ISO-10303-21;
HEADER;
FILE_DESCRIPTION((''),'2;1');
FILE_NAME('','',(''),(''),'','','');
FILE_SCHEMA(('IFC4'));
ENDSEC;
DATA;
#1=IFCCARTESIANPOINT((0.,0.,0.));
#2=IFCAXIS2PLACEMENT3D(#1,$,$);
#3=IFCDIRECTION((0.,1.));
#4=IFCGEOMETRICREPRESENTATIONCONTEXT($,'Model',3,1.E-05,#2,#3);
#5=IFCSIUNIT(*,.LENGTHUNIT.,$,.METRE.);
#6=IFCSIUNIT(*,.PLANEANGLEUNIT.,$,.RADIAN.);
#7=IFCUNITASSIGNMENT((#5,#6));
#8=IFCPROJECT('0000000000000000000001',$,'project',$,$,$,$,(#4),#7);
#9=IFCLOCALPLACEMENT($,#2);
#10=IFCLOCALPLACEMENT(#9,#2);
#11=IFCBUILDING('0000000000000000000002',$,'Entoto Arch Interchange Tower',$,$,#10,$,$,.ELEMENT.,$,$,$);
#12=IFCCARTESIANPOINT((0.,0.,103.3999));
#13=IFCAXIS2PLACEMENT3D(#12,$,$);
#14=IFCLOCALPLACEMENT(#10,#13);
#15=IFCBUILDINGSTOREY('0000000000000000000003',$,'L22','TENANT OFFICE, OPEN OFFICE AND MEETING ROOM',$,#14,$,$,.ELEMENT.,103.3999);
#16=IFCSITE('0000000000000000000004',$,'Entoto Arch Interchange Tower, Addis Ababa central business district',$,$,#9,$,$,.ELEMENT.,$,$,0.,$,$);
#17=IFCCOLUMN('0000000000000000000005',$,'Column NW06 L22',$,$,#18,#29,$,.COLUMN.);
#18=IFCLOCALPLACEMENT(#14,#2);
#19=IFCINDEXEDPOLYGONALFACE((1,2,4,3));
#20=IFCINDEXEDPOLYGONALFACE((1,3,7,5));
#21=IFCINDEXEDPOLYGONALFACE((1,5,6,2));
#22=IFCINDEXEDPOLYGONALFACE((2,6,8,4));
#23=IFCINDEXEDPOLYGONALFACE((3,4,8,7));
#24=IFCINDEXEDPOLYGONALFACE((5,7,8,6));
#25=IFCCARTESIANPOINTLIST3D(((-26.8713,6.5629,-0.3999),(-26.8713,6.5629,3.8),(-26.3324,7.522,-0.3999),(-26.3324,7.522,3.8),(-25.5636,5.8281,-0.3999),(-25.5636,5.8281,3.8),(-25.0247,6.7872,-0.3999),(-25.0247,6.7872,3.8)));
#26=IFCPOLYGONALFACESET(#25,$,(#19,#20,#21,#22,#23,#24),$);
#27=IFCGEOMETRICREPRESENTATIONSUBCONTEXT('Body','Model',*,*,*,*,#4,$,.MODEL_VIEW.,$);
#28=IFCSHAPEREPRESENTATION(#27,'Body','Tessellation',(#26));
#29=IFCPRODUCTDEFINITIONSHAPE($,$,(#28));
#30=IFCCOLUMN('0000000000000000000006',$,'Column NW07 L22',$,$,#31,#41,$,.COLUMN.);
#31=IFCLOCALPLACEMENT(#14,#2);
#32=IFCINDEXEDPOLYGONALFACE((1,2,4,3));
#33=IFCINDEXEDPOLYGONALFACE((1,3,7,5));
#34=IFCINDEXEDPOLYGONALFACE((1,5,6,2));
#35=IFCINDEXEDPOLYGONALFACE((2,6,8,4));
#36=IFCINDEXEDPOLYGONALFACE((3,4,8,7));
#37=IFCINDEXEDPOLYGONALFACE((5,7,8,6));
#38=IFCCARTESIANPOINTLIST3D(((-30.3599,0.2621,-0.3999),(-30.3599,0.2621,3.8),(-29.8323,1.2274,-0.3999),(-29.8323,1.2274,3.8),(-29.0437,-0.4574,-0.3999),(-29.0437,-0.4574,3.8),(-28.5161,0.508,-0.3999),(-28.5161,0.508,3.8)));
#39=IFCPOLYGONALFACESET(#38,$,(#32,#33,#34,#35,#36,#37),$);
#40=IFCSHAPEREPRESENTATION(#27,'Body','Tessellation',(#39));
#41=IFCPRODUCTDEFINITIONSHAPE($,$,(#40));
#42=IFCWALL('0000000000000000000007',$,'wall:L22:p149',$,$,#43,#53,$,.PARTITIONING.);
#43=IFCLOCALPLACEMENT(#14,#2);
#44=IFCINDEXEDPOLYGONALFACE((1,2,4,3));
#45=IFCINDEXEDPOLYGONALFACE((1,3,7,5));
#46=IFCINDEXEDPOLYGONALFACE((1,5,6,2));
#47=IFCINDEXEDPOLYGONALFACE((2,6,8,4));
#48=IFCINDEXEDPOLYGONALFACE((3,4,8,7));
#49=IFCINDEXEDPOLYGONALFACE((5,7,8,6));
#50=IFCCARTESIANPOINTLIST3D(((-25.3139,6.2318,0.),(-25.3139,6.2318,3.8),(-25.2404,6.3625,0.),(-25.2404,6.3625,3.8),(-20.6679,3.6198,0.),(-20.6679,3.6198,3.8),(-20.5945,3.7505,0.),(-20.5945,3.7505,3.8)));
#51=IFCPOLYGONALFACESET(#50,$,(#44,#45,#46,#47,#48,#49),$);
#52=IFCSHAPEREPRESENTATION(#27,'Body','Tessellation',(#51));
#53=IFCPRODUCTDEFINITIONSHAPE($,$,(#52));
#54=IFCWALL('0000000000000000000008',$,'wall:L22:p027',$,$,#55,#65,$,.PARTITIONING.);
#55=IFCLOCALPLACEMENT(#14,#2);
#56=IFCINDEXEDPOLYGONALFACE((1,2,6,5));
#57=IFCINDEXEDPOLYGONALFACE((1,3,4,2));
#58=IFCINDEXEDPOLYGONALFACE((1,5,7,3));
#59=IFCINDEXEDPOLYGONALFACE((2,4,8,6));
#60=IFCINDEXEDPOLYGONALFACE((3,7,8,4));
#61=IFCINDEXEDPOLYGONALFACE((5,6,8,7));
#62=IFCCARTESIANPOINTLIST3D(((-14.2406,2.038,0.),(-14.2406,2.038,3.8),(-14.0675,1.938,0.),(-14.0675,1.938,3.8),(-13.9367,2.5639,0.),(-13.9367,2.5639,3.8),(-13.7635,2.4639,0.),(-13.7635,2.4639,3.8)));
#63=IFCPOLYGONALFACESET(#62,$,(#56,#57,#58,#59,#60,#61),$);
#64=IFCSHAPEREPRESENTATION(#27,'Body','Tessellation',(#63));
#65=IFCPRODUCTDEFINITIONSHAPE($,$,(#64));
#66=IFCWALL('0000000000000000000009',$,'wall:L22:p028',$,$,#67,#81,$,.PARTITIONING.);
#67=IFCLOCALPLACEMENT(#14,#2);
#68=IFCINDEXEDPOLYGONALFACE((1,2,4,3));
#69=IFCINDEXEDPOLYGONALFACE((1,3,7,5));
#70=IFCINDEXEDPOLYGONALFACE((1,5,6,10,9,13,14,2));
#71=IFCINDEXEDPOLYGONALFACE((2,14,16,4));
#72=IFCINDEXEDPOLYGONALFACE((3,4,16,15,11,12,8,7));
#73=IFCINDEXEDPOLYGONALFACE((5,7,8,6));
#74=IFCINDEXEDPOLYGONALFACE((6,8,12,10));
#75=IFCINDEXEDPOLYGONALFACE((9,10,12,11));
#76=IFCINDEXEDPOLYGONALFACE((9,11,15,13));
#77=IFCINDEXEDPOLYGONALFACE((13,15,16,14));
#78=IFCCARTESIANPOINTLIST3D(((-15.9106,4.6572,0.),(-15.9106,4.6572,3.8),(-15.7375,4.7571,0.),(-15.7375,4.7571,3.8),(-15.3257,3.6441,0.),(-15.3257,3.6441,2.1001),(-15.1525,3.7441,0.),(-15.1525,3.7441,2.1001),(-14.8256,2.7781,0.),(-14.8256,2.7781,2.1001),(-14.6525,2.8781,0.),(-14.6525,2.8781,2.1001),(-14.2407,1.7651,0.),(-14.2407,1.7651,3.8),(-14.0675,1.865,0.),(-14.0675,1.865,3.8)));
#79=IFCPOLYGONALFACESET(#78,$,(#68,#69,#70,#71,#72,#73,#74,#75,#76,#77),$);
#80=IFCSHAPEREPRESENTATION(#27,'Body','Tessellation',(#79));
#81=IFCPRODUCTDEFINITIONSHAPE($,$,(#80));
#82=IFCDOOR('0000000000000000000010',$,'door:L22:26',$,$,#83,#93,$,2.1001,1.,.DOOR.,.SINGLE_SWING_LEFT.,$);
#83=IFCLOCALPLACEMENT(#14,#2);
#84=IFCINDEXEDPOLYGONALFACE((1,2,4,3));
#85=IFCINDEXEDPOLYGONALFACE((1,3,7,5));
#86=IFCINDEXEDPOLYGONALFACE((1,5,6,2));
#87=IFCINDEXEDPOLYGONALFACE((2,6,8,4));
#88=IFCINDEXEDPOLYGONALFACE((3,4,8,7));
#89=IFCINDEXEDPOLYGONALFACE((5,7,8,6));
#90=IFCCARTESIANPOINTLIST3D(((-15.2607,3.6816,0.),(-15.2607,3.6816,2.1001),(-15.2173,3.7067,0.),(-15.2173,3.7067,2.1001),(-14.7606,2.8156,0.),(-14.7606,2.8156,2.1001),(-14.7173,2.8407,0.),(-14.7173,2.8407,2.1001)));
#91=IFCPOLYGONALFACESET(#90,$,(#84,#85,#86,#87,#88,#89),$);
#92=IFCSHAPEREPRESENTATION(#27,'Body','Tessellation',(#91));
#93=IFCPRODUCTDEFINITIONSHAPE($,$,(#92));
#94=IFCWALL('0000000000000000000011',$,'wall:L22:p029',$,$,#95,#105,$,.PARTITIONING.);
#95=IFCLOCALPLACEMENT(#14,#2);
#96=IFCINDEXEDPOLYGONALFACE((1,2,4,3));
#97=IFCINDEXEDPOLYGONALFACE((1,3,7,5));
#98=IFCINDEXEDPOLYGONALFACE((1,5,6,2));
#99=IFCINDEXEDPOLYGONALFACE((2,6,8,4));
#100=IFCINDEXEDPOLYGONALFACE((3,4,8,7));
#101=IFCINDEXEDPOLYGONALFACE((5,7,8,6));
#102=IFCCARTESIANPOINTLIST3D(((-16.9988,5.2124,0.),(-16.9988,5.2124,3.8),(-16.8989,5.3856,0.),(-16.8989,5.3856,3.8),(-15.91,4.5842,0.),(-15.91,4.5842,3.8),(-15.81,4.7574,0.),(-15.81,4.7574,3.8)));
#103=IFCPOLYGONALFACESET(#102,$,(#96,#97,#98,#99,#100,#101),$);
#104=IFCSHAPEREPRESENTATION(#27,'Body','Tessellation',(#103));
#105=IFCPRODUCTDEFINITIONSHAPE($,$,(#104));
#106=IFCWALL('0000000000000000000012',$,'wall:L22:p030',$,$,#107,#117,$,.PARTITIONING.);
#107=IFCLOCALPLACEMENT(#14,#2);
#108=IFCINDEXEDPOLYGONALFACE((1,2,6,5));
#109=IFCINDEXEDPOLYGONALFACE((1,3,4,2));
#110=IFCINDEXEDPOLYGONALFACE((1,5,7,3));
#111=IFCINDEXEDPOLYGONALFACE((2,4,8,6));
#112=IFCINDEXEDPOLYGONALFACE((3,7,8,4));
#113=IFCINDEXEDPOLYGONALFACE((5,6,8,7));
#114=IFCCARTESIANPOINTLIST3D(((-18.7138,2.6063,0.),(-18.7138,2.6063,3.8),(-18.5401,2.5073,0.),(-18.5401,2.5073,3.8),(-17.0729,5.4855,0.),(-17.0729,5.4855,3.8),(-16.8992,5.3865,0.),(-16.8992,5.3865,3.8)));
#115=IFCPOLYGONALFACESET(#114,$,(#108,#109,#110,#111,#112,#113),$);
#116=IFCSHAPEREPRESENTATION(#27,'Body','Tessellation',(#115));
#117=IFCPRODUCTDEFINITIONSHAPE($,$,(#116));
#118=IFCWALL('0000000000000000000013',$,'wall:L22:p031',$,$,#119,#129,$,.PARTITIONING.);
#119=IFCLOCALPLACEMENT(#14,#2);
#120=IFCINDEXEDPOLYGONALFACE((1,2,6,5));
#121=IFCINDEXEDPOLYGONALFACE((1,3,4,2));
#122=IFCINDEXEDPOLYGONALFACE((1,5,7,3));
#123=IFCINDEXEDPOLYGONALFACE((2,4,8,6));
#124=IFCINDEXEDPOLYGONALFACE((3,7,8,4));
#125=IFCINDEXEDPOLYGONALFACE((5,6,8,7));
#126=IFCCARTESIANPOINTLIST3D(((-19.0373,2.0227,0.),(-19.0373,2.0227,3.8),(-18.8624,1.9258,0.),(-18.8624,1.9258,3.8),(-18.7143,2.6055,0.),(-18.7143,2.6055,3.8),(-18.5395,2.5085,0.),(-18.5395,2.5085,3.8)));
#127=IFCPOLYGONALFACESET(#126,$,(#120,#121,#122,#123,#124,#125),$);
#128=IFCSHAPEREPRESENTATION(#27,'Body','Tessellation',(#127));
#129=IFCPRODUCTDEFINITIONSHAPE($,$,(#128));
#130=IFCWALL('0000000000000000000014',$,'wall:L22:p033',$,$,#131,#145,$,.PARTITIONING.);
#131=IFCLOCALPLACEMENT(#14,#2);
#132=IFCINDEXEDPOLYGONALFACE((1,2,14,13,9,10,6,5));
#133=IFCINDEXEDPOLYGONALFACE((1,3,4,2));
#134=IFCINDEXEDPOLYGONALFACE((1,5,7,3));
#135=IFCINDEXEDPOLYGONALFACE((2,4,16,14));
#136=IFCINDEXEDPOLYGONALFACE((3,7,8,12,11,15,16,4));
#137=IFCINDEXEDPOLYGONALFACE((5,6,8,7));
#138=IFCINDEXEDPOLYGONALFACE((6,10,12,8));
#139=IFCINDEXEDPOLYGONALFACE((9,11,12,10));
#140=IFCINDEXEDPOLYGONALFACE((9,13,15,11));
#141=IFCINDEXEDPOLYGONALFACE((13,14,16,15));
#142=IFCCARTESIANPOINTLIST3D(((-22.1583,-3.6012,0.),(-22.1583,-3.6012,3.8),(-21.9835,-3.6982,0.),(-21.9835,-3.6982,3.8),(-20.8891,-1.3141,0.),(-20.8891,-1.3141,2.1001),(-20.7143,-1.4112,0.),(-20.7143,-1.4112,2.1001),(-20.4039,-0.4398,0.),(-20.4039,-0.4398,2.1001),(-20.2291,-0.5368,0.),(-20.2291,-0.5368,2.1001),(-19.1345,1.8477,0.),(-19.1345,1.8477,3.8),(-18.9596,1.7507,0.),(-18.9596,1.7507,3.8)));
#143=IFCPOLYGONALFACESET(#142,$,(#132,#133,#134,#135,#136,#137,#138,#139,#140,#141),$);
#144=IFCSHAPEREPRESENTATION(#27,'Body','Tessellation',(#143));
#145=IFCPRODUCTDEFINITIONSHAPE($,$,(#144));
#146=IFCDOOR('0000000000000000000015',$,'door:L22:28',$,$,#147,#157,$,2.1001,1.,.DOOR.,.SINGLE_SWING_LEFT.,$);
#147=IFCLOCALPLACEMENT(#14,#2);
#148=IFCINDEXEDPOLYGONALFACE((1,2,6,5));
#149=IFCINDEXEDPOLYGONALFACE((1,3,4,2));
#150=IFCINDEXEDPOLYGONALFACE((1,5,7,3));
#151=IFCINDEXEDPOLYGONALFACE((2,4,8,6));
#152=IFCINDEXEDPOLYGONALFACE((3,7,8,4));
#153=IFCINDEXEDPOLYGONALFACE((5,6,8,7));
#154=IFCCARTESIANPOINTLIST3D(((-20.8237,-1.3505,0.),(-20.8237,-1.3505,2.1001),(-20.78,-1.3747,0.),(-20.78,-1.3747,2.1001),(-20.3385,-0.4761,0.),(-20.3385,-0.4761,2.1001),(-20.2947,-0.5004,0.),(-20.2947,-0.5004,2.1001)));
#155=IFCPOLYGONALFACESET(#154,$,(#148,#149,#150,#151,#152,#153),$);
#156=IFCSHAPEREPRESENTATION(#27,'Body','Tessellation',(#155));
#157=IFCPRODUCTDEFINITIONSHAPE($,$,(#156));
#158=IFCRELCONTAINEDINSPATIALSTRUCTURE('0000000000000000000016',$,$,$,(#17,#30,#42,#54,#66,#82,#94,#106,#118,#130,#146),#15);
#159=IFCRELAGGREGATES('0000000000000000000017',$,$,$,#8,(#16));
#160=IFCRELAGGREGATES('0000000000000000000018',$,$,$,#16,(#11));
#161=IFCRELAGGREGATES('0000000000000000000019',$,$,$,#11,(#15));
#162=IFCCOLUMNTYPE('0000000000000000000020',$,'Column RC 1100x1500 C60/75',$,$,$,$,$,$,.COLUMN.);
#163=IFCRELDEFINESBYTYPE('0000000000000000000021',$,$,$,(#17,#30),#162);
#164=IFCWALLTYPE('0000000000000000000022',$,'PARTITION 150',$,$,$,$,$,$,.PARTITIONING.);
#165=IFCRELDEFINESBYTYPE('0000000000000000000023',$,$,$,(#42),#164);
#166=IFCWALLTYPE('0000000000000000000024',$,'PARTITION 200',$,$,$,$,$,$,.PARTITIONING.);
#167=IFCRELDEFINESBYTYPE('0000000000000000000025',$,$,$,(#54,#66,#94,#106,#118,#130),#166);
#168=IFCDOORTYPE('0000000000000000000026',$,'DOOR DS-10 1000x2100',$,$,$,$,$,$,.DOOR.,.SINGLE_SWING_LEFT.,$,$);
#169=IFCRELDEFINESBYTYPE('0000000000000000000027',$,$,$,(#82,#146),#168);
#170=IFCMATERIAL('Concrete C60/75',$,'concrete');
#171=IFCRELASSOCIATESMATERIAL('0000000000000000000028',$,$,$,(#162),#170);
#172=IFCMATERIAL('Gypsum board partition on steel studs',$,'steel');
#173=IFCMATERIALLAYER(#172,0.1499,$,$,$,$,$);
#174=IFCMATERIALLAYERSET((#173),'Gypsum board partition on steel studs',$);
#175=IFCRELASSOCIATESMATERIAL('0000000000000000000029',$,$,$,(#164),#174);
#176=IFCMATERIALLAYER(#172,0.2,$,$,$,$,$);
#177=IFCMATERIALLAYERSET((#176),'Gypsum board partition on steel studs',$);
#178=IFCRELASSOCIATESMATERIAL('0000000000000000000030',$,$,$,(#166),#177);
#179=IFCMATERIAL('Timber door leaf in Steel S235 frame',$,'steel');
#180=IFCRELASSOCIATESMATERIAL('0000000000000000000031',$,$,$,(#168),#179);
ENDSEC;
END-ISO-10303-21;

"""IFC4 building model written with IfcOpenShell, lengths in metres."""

from ifc_helpers import new_model, si_unit, direction, frame, frame_2d, origin, origin_2d, place, context, subcontext, project, spatial, rectangle, extrude, material, layer, layer_set, material_profile, profile_set, type_object, element, fill, save


model = new_model("IFC4")

# Units and contexts
model_context = context("Model", 3, precision=1e-05, world=origin(), true_north=direction((0.0, 1.0)))
body_context = subcontext(model_context, "Body", "Model", "MODEL_VIEW")
ifc_project = project(units=[si_unit("LENGTHUNIT", "METRE"), si_unit("PLANEANGLEUNIT", "RADIAN")], contexts=[model_context])

# Site, building, storey
site_placement = place(None, origin())
site = spatial("IfcSite", under=ifc_project, at=site_placement, Name="Entoto Arch Interchange Tower, Addis Ababa central business district", CompositionType="ELEMENT", RefElevation=0.0)
building_placement = place(site_placement, origin())
building = spatial("IfcBuilding", under=site, at=building_placement, Name="Entoto Arch Interchange Tower", CompositionType="ELEMENT")
storey_placement = place(building_placement, frame((0.0, 0.0, 103.3999)))
storey = spatial("IfcBuildingStorey", under=building, at=storey_placement, Name="L22", Description="TENANT OFFICE, OPEN OFFICE AND MEETING ROOM", CompositionType="ELEMENT", Elevation=103.3999)

# Columns
ifc_material_1 = material(Name="Concrete C60/75", Category="concrete")
ifc_material_profile = material_profile(ifc_material_1, rectangle(XDim=1.1001, YDim=1.5, at=origin_2d()))
ifc_profile_set = profile_set([ifc_material_profile], Name="Concrete C60/75")
column_type = type_object("IfcColumnType", Name="Column RC 1100x1500 C60/75", PredefinedType="COLUMN", material=ifc_profile_set)
for number, where, z_axis, x_axis, name in (
    (1, (-25.948, 6.675, -0.3999), (0.0, 0.0, 1.0), (0.489839, 0.871813, 0.0), "Column NW06 L22"),
    (2, (-29.438, 0.385, -0.3999), (0.0, 0.0, 1.0), (0.479611, 0.877481, 0.0), "Column NW07 L22"),
):
    element("IfcColumn", number, at=place(storey_placement, frame(where, z_axis=z_axis, x_axis=x_axis)), inside=storey, type_object=column_type, Name=name, PredefinedType="COLUMN", context=body_context, shape_type="SweptSolid", body=[
        extrude(rectangle(XDim=1.1001, YDim=1.5, at=origin_2d()), origin(), (0.0, 0.0, 1.0), 4.2),
    ])

# Walls
ifc_material_2 = material(Name="Gypsum board partition on steel studs", Category="steel")
ifc_layer_1 = layer(ifc_material_2, 0.1499)
ifc_layer_set_1 = layer_set([ifc_layer_1], Name="Gypsum board partition on steel studs")
wall_type_1 = type_object("IfcWallType", Name="PARTITION 150", PredefinedType="PARTITIONING", material=ifc_layer_set_1)
wall_1_placement = place(storey_placement, frame((-20.6311, 3.6851, 0.0), z_axis=(0.0, 0.0, 1.0), x_axis=(-0.871681, 0.490074, 0.0)))
element("IfcWall", 3, at=wall_1_placement, inside=storey, type_object=wall_type_1, Name="wall:L22:p149", PredefinedType="PARTITIONING", context=body_context, shape_type="SweptSolid", body=[
    extrude(rectangle(XDim=5.3298, YDim=0.1499, at=frame_2d((2.665, 0.0))), origin(), (0.0, 0.0, 1.0), 3.8),
])
ifc_layer_2 = layer(ifc_material_2, 0.2)
ifc_layer_set_2 = layer_set([ifc_layer_2], Name="Gypsum board partition on steel studs")
wall_type_2 = type_object("IfcWallType", Name="PARTITION 200", PredefinedType="PARTITIONING", material=ifc_layer_set_2)
wall_2_placement = place(storey_placement, frame((-13.8501, 2.5139, 0.0), z_axis=(0.0, 0.0, 1.0), x_axis=(-0.500418, -0.865784, 0.0)))
element("IfcWall", 4, at=wall_2_placement, inside=storey, type_object=wall_type_2, Name="wall:L22:p027", PredefinedType="PARTITIONING", context=body_context, shape_type="SweptSolid", body=[
    extrude(rectangle(XDim=0.6074, YDim=0.2, at=frame_2d((0.3037, 0.0))), origin(), (0.0, 0.0, 1.0), 3.8),
])

# Wall, opening, door
wall_3_placement = place(storey_placement, frame((-14.1541, 1.8149, 0.0), z_axis=(0.0, 0.0, 1.0), x_axis=(-0.500039, 0.866003, 0.0)))
wall_3 = element("IfcWall", 5, at=wall_3_placement, inside=storey, type_object=wall_type_2, Name="wall:L22:p028", PredefinedType="PARTITIONING", context=body_context, shape_type="SweptSolid", body=[
    extrude(rectangle(XDim=3.3396, YDim=0.2, at=frame_2d((1.6699, 0.0))), origin(), (0.0, 0.0, 1.0), 3.8),
])
opening_1_placement = place(wall_3_placement, frame((1.1699, 0.0, 0.0)))
opening_1 = element("IfcOpeningElement", 6, at=opening_1_placement, cuts=wall_3, PredefinedType="OPENING", context=body_context, shape_type="SweptSolid", body=[
    extrude(rectangle(XDim=1.0, YDim=2.1001, at=frame_2d((0.5, 1.05))), frame((0.0, 0.1099, 0.0), z_axis=(0.0, -1.0, 0.0), x_axis=(1.0, 0.0, 0.0)), (0.0, 0.0, 1.0), 0.22),
])
ifc_material_3 = material(Name="Timber door leaf in Steel S235 frame", Category="steel")
door_type = type_object("IfcDoorType", Name="DOOR DS-10 1000x2100", OperationType="SINGLE_SWING_LEFT", PredefinedType="DOOR", material=ifc_material_3)
door_1_placement = place(opening_1_placement, origin())
door_1 = element("IfcDoor", 7, at=door_1_placement, inside=storey, type_object=door_type, Name="door:L22:26", OperationType="SINGLE_SWING_LEFT", OverallHeight=2.1001, OverallWidth=1.0, PredefinedType="DOOR", context=body_context, shape_type="SweptSolid", body=[
    extrude(rectangle(XDim=1.0, YDim=2.1001, at=frame_2d((0.5, 1.05))), frame((0.0, 0.0249, 0.0), z_axis=(0.0, -1.0, 0.0), x_axis=(1.0, 0.0, 0.0)), (0.0, 0.0, 1.0), 0.05),
])
fill(opening_1, door_1)

# Walls
wall_4_placement = place(storey_placement, frame((-15.8601, 4.6709, 0.0), z_axis=(0.0, 0.0, 1.0), x_axis=(-0.866192, 0.499711, 0.0)))
element("IfcWall", 8, at=wall_4_placement, inside=storey, type_object=wall_type_2, Name="wall:L22:p029", PredefinedType="PARTITIONING", context=body_context, shape_type="SweptSolid", body=[
    extrude(rectangle(XDim=1.2571, YDim=0.2, at=frame_2d((0.6284, 0.0))), origin(), (0.0, 0.0, 1.0), 3.8),
])
wall_5_placement = place(storey_placement, frame((-16.9861, 5.436, 0.0), z_axis=(0.0, 0.0, 1.0), x_axis=(-0.495147, -0.868809, 0.0)))
element("IfcWall", 9, at=wall_5_placement, inside=storey, type_object=wall_type_2, Name="wall:L22:p030", PredefinedType="PARTITIONING", context=body_context, shape_type="SweptSolid", body=[
    extrude(rectangle(XDim=3.314, YDim=0.2, at=frame_2d((1.657, 0.0))), origin(), (0.0, 0.0, 1.0), 3.8),
])
wall_6_placement = place(storey_placement, frame((-18.627, 2.5569, 0.0), z_axis=(0.0, 0.0, 1.0), x_axis=(-0.484772, -0.874641, 0.0)))
element("IfcWall", 10, at=wall_6_placement, inside=storey, type_object=wall_type_2, Name="wall:L22:p031", PredefinedType="PARTITIONING", context=body_context, shape_type="SweptSolid", body=[
    extrude(rectangle(XDim=0.6663, YDim=0.2, at=frame_2d((0.333, 0.0))), origin(), (0.0, 0.0, 1.0), 3.8),
])

# Wall, opening, door
wall_7_placement = place(storey_placement, frame((-19.0471, 1.7991, 0.0), z_axis=(0.0, 0.0, 1.0), x_axis=(-0.48524, -0.874381, 0.0)))
wall_7 = element("IfcWall", 11, at=wall_7_placement, inside=storey, type_object=wall_type_2, Name="wall:L22:p033", PredefinedType="PARTITIONING", context=body_context, shape_type="SweptSolid", body=[
    extrude(rectangle(XDim=6.2317, YDim=0.2, at=frame_2d((3.1157, 0.0))), origin(), (0.0, 0.0, 1.0), 3.8),
])
opening_2_placement = place(wall_7_placement, frame((2.616, 0.0, 0.0)))
opening_2 = element("IfcOpeningElement", 12, at=opening_2_placement, cuts=wall_7, PredefinedType="OPENING", context=body_context, shape_type="SweptSolid", body=[
    extrude(rectangle(XDim=1.0, YDim=2.1001, at=frame_2d((0.5, 1.05))), frame((0.0, 0.1099, 0.0), z_axis=(0.0, -1.0, 0.0), x_axis=(1.0, 0.0, 0.0)), (0.0, 0.0, 1.0), 0.22),
])
door_2_placement = place(opening_2_placement, origin())
door_2 = element("IfcDoor", 13, at=door_2_placement, inside=storey, type_object=door_type, Name="door:L22:28", OperationType="SINGLE_SWING_LEFT", OverallHeight=2.1001, OverallWidth=1.0, PredefinedType="DOOR", context=body_context, shape_type="SweptSolid", body=[
    extrude(rectangle(XDim=1.0, YDim=2.1001, at=frame_2d((0.5, 1.05))), frame((0.0, 0.0249, 0.0), z_axis=(0.0, -1.0, 0.0), x_axis=(1.0, 0.0, 0.0)), (0.0, 0.0, 1.0), 0.05),
])
fill(opening_2, door_2)

save(model, "model.ifc")
